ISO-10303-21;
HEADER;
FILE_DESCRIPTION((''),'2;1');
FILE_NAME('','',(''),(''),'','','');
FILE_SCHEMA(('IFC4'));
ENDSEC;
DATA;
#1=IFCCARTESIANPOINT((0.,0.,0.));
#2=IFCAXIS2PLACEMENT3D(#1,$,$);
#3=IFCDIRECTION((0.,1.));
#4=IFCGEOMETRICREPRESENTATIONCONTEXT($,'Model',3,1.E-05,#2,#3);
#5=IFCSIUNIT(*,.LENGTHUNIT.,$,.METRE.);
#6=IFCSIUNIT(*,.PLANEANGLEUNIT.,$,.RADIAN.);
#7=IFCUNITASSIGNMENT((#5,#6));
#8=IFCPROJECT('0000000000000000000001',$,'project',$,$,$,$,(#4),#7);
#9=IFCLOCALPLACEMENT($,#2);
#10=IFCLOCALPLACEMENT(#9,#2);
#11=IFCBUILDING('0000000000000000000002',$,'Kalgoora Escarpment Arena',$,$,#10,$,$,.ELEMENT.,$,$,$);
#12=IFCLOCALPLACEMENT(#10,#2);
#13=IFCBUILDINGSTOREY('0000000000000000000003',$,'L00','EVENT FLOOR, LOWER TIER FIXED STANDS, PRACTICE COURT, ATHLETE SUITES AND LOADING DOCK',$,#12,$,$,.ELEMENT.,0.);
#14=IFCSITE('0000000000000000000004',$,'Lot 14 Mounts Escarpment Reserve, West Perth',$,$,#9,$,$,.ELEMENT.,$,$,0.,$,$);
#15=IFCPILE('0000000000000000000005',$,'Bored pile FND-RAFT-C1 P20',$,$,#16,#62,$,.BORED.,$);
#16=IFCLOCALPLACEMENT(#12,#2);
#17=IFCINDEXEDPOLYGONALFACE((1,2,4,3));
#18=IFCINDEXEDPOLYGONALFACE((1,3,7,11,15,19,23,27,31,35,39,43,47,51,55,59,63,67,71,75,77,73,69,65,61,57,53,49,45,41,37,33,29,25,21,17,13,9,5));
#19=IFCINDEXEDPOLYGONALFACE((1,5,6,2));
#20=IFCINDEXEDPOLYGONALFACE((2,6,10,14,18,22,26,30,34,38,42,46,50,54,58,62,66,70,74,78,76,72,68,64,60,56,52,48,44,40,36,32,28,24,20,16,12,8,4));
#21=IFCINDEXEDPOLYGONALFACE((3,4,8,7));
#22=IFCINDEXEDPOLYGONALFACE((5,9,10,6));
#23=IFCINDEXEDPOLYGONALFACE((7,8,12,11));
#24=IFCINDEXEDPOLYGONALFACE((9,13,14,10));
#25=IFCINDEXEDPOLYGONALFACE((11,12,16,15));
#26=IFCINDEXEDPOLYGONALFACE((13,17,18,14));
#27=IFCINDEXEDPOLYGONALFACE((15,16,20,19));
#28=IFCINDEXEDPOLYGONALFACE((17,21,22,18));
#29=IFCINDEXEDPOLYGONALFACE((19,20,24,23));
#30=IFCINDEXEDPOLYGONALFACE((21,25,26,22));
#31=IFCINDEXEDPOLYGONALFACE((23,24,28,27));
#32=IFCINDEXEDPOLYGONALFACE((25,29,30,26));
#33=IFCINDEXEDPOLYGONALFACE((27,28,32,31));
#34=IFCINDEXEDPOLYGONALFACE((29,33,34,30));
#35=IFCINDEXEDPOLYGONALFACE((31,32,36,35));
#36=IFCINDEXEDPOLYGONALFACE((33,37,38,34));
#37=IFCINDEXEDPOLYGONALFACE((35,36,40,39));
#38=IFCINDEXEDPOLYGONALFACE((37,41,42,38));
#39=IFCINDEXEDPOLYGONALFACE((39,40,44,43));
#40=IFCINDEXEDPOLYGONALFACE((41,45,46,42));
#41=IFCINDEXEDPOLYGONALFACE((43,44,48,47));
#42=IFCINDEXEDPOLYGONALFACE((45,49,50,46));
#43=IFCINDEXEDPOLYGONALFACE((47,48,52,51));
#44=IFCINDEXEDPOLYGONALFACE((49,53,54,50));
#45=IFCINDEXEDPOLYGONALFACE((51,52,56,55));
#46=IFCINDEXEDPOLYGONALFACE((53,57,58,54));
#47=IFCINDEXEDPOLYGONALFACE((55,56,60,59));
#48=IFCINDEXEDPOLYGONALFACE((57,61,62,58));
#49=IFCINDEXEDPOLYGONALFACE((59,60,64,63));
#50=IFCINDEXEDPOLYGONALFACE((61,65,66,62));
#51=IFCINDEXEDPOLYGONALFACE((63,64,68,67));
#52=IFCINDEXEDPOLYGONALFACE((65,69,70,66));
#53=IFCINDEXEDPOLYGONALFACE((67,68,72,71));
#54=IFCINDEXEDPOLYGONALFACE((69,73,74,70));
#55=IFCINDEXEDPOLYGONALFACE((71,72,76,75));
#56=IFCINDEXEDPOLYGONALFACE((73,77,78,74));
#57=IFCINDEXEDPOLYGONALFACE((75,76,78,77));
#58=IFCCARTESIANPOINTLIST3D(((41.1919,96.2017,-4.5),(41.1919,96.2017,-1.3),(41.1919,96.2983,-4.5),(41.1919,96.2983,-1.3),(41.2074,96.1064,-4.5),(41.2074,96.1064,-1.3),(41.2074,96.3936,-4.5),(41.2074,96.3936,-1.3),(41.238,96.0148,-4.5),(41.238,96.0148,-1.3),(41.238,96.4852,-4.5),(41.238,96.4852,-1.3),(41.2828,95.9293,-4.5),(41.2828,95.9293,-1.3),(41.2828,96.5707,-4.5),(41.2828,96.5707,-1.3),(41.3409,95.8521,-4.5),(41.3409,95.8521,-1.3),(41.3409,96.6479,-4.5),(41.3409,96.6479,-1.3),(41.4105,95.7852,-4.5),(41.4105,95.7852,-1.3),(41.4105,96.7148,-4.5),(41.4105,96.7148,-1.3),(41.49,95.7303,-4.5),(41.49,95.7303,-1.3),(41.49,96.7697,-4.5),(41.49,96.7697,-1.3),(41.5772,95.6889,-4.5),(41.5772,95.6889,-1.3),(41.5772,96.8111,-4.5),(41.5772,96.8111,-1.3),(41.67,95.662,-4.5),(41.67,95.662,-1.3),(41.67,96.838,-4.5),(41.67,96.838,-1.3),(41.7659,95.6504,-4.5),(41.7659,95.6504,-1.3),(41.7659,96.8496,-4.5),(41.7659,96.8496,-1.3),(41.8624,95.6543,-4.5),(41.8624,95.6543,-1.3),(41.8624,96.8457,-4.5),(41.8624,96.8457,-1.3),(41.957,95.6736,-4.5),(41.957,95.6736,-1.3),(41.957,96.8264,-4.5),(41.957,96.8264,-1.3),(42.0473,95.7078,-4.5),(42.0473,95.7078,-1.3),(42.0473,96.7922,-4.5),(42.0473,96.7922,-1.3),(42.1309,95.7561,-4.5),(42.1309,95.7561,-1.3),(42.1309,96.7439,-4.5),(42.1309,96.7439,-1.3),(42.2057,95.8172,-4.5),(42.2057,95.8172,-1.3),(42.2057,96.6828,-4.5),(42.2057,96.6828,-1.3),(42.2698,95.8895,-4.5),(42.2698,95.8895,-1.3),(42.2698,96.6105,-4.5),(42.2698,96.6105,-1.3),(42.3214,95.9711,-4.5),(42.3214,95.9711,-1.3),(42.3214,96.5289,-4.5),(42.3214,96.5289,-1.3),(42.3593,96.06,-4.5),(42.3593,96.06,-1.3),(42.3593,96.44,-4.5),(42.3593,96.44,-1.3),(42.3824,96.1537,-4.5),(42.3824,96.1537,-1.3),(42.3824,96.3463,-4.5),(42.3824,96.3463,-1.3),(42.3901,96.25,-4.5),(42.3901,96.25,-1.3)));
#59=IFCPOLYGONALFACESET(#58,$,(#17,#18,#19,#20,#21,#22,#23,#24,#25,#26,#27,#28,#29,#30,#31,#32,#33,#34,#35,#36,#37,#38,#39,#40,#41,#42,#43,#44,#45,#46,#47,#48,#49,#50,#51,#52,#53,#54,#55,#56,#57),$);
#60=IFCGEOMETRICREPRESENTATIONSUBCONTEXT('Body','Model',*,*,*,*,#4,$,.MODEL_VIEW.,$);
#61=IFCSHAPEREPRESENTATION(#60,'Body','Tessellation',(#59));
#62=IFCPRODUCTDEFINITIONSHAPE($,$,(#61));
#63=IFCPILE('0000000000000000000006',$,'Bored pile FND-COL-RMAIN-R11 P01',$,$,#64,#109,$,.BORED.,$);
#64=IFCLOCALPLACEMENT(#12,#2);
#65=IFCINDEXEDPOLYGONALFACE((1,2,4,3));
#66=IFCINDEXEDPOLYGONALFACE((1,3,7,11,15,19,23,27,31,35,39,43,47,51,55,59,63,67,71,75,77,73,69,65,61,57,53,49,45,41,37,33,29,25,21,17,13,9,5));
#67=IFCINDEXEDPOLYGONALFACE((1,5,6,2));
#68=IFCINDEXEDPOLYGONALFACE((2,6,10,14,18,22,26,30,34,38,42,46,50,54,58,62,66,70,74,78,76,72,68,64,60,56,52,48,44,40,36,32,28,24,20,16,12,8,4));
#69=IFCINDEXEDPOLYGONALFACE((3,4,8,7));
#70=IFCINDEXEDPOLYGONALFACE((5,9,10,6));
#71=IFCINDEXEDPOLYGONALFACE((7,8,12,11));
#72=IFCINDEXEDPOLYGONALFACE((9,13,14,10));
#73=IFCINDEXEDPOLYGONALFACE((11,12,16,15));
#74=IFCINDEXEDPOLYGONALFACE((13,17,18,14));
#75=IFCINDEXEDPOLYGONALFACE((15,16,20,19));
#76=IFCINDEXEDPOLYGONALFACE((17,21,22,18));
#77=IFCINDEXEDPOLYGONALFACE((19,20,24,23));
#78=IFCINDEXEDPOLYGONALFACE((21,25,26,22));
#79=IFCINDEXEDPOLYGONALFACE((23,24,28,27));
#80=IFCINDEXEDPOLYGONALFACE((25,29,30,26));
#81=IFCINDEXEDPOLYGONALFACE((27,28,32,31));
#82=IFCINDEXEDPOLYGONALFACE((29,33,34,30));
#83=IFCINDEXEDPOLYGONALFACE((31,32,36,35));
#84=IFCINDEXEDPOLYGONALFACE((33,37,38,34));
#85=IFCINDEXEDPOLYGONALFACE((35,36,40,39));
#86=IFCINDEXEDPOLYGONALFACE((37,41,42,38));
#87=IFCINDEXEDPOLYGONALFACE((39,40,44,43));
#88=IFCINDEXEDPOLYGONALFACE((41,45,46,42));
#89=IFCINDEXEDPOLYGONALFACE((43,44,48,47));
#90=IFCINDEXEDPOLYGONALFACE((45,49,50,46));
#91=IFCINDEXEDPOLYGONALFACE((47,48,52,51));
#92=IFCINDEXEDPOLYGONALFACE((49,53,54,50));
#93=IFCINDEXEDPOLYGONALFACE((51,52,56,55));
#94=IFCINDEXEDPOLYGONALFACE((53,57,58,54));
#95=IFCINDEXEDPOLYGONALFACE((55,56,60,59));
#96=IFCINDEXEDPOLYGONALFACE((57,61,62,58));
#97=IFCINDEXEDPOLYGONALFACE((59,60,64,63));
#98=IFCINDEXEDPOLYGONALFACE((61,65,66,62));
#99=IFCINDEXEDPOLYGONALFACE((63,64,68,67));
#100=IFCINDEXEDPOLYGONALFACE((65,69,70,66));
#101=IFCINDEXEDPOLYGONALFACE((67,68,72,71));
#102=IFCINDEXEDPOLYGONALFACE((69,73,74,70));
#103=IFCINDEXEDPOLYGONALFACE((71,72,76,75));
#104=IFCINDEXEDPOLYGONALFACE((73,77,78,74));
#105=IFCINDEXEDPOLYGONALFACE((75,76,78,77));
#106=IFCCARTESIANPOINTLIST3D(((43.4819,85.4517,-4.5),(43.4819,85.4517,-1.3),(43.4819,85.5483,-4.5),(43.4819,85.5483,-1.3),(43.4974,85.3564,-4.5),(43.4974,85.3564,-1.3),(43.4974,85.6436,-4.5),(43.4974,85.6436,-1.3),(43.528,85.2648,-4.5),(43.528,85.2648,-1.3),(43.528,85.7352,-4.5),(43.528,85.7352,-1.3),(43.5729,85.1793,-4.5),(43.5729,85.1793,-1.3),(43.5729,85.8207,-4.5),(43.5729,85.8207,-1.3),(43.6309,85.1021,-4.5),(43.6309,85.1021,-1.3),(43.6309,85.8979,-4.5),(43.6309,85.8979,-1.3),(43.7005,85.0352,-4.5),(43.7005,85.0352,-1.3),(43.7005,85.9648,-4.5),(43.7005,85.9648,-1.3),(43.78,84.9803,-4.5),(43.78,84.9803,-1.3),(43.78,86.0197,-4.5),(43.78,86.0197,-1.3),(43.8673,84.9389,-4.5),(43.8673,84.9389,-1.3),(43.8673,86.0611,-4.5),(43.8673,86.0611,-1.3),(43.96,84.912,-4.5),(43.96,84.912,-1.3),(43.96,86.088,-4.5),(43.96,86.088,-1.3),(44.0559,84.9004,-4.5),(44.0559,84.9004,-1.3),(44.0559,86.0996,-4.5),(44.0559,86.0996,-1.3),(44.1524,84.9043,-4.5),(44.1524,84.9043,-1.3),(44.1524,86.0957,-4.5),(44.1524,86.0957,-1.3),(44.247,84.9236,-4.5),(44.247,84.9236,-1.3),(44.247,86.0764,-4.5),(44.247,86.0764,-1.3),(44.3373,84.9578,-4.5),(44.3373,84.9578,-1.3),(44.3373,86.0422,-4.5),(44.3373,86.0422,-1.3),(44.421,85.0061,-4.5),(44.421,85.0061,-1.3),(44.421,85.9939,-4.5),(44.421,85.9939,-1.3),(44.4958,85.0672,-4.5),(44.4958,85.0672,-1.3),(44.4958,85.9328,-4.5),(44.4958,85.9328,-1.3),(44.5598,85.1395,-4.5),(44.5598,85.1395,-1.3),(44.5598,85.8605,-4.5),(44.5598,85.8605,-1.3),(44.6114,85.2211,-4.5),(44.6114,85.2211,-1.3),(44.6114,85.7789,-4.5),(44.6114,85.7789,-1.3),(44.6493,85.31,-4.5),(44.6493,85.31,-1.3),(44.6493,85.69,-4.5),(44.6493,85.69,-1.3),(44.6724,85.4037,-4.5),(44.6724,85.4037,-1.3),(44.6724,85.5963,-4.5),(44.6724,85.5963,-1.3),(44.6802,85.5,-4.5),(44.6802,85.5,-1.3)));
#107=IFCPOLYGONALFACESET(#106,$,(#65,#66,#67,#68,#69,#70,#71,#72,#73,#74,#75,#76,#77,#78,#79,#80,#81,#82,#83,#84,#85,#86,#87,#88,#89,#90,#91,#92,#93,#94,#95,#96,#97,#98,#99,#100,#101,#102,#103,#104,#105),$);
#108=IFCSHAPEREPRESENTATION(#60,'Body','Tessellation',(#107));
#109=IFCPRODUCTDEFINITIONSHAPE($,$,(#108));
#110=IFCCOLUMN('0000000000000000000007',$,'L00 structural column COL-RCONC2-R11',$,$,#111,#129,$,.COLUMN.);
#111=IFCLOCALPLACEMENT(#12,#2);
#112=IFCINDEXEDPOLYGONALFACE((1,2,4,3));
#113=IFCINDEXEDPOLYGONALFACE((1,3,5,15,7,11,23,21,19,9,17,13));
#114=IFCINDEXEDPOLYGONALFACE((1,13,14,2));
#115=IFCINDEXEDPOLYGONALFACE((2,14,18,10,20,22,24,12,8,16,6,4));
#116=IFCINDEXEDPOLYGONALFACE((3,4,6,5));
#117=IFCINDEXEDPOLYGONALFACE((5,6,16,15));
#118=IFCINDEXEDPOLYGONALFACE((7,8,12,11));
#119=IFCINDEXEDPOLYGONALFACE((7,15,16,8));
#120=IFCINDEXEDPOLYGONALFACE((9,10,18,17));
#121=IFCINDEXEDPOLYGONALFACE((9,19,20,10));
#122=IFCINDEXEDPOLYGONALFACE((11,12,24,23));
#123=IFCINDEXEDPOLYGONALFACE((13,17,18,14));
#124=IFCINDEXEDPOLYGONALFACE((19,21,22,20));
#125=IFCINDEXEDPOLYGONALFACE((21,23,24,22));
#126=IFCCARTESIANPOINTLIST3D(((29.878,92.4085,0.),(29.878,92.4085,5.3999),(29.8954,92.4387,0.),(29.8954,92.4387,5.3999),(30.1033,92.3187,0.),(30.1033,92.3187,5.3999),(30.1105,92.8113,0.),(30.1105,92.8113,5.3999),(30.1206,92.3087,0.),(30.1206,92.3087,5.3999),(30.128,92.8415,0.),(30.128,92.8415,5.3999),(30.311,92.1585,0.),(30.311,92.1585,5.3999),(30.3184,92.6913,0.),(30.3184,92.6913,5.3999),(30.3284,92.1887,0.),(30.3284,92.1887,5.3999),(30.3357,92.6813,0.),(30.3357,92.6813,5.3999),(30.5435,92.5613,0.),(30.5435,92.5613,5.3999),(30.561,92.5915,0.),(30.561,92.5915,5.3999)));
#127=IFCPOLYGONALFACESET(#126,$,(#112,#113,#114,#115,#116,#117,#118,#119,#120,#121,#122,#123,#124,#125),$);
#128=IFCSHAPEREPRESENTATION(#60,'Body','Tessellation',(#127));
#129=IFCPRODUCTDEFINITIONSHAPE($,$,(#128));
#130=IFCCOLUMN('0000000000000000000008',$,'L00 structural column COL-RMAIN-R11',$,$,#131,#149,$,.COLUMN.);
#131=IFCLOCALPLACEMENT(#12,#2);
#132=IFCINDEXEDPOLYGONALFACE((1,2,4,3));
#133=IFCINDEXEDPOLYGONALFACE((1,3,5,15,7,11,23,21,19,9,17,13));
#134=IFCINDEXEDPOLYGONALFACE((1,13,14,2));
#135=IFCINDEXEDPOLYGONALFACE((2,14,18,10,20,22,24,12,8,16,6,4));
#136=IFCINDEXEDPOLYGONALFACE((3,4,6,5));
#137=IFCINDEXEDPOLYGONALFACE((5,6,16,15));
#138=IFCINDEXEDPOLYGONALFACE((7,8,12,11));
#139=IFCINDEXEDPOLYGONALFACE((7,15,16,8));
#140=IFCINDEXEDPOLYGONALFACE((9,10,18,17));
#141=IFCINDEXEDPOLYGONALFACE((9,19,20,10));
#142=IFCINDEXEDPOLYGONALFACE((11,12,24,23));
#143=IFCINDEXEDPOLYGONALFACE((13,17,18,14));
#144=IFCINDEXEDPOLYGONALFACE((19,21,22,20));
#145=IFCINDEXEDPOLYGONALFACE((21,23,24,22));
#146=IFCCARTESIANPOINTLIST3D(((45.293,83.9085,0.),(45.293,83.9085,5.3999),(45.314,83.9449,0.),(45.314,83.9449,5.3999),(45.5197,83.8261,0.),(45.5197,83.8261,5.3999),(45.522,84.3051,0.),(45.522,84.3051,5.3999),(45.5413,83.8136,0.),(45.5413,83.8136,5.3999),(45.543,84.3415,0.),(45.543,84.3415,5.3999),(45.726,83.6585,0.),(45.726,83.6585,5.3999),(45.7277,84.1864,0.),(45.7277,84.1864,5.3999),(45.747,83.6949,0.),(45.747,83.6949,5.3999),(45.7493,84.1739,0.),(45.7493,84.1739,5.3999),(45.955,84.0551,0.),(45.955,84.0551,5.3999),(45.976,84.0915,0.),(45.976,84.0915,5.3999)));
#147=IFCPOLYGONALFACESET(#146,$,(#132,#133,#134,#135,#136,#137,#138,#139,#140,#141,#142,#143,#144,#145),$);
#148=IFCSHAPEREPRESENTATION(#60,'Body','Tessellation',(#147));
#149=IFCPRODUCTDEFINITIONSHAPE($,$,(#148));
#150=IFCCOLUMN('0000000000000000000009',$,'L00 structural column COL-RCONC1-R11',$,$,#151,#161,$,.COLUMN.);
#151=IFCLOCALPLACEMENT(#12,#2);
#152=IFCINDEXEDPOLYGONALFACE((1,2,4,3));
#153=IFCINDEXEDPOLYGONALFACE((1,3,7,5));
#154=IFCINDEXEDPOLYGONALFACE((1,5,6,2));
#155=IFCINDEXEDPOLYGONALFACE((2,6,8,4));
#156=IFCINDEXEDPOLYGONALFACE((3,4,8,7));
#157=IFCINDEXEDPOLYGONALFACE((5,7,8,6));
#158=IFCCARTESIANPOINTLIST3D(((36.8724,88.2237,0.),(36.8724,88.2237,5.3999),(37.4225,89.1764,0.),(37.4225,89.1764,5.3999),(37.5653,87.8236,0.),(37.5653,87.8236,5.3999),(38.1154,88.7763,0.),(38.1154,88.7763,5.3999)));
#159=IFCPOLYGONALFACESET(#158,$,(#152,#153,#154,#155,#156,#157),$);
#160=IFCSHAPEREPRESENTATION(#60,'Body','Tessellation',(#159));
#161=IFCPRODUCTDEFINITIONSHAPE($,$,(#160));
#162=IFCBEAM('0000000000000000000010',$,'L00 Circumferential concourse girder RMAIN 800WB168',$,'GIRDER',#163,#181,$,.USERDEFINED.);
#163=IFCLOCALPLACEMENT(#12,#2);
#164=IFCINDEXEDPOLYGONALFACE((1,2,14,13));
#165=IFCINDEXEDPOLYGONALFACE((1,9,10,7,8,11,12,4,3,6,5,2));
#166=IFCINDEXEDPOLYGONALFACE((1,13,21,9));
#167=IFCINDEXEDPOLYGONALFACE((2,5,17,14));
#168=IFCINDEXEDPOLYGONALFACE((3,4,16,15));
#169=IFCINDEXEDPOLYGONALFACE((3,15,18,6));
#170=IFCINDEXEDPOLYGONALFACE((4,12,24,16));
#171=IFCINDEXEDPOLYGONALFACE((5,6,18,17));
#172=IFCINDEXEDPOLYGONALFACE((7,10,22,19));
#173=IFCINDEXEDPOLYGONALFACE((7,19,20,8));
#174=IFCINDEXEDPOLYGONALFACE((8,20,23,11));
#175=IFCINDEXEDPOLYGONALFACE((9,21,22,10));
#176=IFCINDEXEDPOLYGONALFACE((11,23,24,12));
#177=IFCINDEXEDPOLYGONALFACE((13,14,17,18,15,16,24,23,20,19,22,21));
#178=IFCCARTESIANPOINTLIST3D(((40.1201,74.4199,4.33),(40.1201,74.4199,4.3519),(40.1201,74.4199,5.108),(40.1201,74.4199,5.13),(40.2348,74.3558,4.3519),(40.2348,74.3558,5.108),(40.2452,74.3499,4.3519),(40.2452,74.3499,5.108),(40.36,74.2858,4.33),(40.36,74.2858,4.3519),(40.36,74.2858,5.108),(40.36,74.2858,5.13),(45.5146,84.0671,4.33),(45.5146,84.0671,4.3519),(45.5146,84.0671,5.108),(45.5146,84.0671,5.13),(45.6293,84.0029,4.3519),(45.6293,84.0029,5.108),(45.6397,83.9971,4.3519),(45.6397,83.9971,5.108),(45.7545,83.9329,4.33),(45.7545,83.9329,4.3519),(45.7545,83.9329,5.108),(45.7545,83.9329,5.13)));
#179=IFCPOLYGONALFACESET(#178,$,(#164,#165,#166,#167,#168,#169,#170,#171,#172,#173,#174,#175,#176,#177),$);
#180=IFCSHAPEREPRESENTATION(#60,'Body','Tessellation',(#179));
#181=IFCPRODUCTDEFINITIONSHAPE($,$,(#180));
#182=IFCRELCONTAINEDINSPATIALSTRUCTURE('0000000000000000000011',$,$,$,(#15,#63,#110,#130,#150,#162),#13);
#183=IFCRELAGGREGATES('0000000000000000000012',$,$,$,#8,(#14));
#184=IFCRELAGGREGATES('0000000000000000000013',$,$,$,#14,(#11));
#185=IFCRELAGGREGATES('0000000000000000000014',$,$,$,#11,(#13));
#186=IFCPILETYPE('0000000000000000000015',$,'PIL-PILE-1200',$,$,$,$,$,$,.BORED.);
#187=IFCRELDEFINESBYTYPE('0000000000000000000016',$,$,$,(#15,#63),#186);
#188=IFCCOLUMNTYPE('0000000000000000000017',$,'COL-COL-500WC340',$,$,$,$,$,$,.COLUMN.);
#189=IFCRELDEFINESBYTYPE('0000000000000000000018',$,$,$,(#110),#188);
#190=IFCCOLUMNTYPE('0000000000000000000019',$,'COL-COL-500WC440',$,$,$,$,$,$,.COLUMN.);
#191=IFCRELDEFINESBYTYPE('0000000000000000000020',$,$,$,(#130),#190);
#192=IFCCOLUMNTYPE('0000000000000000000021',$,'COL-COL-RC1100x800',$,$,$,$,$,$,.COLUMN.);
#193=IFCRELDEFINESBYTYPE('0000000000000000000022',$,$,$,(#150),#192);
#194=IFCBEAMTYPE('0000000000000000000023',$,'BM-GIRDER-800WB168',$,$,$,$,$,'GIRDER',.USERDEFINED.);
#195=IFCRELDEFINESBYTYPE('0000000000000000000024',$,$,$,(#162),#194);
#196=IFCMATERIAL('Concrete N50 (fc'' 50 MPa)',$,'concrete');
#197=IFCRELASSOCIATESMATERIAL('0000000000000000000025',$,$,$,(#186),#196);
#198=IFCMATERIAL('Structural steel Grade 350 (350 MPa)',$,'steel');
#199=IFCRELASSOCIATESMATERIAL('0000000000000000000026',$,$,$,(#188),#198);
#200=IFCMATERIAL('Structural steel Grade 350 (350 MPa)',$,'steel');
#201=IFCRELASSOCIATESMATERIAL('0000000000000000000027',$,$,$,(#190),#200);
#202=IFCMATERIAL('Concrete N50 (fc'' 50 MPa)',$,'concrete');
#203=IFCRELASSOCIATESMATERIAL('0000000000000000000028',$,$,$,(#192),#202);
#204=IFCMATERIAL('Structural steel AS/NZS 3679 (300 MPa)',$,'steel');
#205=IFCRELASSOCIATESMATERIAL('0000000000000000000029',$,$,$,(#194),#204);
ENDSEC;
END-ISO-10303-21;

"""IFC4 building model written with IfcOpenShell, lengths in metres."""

from ifc_helpers import new_model, si_unit, direction, frame, origin, origin_2d, place, context, subcontext, project, spatial, rectangle, circle, i_section, extrude, material, material_profile, profile_set, type_object, element, save


model = new_model("IFC4")

# Units and contexts
model_context = context("Model", 3, precision=1e-05, world=origin(), true_north=direction((0.0, 1.0)))
body_context = subcontext(model_context, "Body", "Model", "MODEL_VIEW")
ifc_project = project(units=[si_unit("LENGTHUNIT", "METRE"), si_unit("PLANEANGLEUNIT", "RADIAN")], contexts=[model_context])

# Site, building, storey
site_placement = place(None, origin())
site = spatial("IfcSite", under=ifc_project, at=site_placement, Name="Lot 14 Mounts Escarpment Reserve, West Perth", CompositionType="ELEMENT", RefElevation=0.0)
building_placement = place(site_placement, origin())
building = spatial("IfcBuilding", under=site, at=building_placement, Name="Kalgoora Escarpment Arena", CompositionType="ELEMENT")
storey_placement = place(building_placement, origin())
storey = spatial("IfcBuildingStorey", under=building, at=storey_placement, Name="L00", Description="EVENT FLOOR, LOWER TIER FIXED STANDS, PRACTICE COURT, ATHLETE SUITES AND LOADING DOCK", CompositionType="ELEMENT", Elevation=0.0)

# Piles
ifc_material_1 = material(Name="Concrete N50 (fc' 50 MPa)", Category="concrete")
ifc_material_profile_1 = material_profile(ifc_material_1, circle(Radius=0.6001, at=origin_2d()))
ifc_profile_set_1 = profile_set([ifc_material_profile_1], Name="Concrete N50 (fc' 50 MPa)")
pile_type = type_object("IfcPileType", Name="PIL-PILE-1200", PredefinedType="BORED", material=ifc_profile_set_1)
for number, where, z_axis, x_axis, name in (
    (1, (41.79, 96.25, -1.3), (0.0, 0.0, -1.0), (1.0, 0.0, 0.0), "Bored pile FND-RAFT-C1 P20"),
    (2, (44.0801, 85.5, -1.3), (0.0, 0.0, -1.0), (1.0, 0.0, 0.0), "Bored pile FND-COL-RMAIN-R11 P01"),
):
    element("IfcPile", number, at=place(storey_placement, frame(where, z_axis=z_axis, x_axis=x_axis)), inside=storey, type_object=pile_type, Name=name, PredefinedType="BORED", context=body_context, shape_type="SweptSolid", body=[
        extrude(circle(Radius=0.6001, at=origin_2d()), origin(), (0.0, 0.0, 1.0), 3.2),
    ])

# Columns
ifc_material_2 = material(Name="Structural steel Grade 350 (350 MPa)", Category="steel")
ifc_material_profile_2 = material_profile(ifc_material_2, i_section(OverallWidth=0.5, OverallDepth=0.5, WebThickness=0.02, FlangeThickness=0.0349, at=origin_2d()))
ifc_profile_set_2 = profile_set([ifc_material_profile_2], Name="Structural steel Grade 350 (350 MPa)")
column_type_1 = type_object("IfcColumnType", Name="COL-COL-500WC340", PredefinedType="COLUMN", material=ifc_profile_set_2)
column_1_placement = place(storey_placement, frame((30.2195, 92.5, 0.0), z_axis=(0.0, 0.0, 1.0), x_axis=(-0.866025, 0.5, 0.0)))
element("IfcColumn", 3, at=column_1_placement, inside=storey, type_object=column_type_1, Name="L00 structural column COL-RCONC2-R11", PredefinedType="COLUMN", context=body_context, shape_type="SweptSolid", body=[
    extrude(i_section(OverallWidth=0.5, OverallDepth=0.5, WebThickness=0.02, FlangeThickness=0.0349, at=origin_2d()), origin(), (0.0, 0.0, 1.0), 5.3999),
])
ifc_material_3 = material(Name="Structural steel Grade 350 (350 MPa)", Category="steel")
ifc_material_profile_3 = material_profile(ifc_material_3, i_section(OverallWidth=0.5, OverallDepth=0.5, WebThickness=0.0249, FlangeThickness=0.042, at=origin_2d()))
ifc_profile_set_3 = profile_set([ifc_material_profile_3], Name="Structural steel Grade 350 (350 MPa)")
column_type_2 = type_object("IfcColumnType", Name="COL-COL-500WC440", PredefinedType="COLUMN", material=ifc_profile_set_3)
column_2_placement = place(storey_placement, frame((45.6345, 84.0, 0.0), z_axis=(0.0, 0.0, 1.0), x_axis=(-0.866025, 0.5, 0.0)))
element("IfcColumn", 4, at=column_2_placement, inside=storey, type_object=column_type_2, Name="L00 structural column COL-RMAIN-R11", PredefinedType="COLUMN", context=body_context, shape_type="SweptSolid", body=[
    extrude(i_section(OverallWidth=0.5, OverallDepth=0.5, WebThickness=0.0249, FlangeThickness=0.042, at=origin_2d()), origin(), (0.0, 0.0, 1.0), 5.3999),
])
ifc_material_4 = material(Name="Concrete N50 (fc' 50 MPa)", Category="concrete")
ifc_material_profile_4 = material_profile(ifc_material_4, rectangle(XDim=0.8, YDim=1.1001, at=origin_2d()))
ifc_profile_set_4 = profile_set([ifc_material_profile_4], Name="Concrete N50 (fc' 50 MPa)")
column_type_3 = type_object("IfcColumnType", Name="COL-COL-RC1100x800", PredefinedType="COLUMN", material=ifc_profile_set_4)
column_3_placement = place(storey_placement, frame((37.4939, 88.5, 0.0), z_axis=(0.0, 0.0, 1.0), x_axis=(-0.866025, 0.5, 0.0)))
element("IfcColumn", 5, at=column_3_placement, inside=storey, type_object=column_type_3, Name="L00 structural column COL-RCONC1-R11", PredefinedType="COLUMN", context=body_context, shape_type="SweptSolid", body=[
    extrude(rectangle(XDim=0.8, YDim=1.1001, at=origin_2d()), origin(), (0.0, 0.0, 1.0), 5.3999),
])

# Beam
ifc_material_5 = material(Name="Structural steel AS/NZS 3679 (300 MPa)", Category="steel")
ifc_material_profile_5 = material_profile(ifc_material_5, i_section(OverallWidth=0.2749, OverallDepth=0.8, WebThickness=0.012, FlangeThickness=0.022, at=origin_2d()))
ifc_profile_set_5 = profile_set([ifc_material_profile_5], Name="Structural steel AS/NZS 3679 (300 MPa)")
beam_type_1 = type_object("IfcBeamType", Name="BM-GIRDER-800WB168", ElementType="GIRDER", PredefinedType="USERDEFINED", material=ifc_profile_set_5)
beam_1_placement = place(storey_placement, frame((45.6345, 84.0, 4.73), z_axis=(-0.488058, -0.872811, 0.0), x_axis=(0.872811, -0.488058, 0.0)))
element("IfcBeam", 6, at=beam_1_placement, inside=storey, type_object=beam_type_1, Name="L00 Circumferential concourse girder RMAIN 800WB168", ObjectType="GIRDER", PredefinedType="USERDEFINED", context=body_context, shape_type="SweptSolid", body=[
    extrude(i_section(OverallWidth=0.2749, OverallDepth=0.8, WebThickness=0.012, FlangeThickness=0.022, at=origin_2d()), origin(), (0.0, 0.0, 1.0), 11.053),
])

save(model, "model.ifc")
